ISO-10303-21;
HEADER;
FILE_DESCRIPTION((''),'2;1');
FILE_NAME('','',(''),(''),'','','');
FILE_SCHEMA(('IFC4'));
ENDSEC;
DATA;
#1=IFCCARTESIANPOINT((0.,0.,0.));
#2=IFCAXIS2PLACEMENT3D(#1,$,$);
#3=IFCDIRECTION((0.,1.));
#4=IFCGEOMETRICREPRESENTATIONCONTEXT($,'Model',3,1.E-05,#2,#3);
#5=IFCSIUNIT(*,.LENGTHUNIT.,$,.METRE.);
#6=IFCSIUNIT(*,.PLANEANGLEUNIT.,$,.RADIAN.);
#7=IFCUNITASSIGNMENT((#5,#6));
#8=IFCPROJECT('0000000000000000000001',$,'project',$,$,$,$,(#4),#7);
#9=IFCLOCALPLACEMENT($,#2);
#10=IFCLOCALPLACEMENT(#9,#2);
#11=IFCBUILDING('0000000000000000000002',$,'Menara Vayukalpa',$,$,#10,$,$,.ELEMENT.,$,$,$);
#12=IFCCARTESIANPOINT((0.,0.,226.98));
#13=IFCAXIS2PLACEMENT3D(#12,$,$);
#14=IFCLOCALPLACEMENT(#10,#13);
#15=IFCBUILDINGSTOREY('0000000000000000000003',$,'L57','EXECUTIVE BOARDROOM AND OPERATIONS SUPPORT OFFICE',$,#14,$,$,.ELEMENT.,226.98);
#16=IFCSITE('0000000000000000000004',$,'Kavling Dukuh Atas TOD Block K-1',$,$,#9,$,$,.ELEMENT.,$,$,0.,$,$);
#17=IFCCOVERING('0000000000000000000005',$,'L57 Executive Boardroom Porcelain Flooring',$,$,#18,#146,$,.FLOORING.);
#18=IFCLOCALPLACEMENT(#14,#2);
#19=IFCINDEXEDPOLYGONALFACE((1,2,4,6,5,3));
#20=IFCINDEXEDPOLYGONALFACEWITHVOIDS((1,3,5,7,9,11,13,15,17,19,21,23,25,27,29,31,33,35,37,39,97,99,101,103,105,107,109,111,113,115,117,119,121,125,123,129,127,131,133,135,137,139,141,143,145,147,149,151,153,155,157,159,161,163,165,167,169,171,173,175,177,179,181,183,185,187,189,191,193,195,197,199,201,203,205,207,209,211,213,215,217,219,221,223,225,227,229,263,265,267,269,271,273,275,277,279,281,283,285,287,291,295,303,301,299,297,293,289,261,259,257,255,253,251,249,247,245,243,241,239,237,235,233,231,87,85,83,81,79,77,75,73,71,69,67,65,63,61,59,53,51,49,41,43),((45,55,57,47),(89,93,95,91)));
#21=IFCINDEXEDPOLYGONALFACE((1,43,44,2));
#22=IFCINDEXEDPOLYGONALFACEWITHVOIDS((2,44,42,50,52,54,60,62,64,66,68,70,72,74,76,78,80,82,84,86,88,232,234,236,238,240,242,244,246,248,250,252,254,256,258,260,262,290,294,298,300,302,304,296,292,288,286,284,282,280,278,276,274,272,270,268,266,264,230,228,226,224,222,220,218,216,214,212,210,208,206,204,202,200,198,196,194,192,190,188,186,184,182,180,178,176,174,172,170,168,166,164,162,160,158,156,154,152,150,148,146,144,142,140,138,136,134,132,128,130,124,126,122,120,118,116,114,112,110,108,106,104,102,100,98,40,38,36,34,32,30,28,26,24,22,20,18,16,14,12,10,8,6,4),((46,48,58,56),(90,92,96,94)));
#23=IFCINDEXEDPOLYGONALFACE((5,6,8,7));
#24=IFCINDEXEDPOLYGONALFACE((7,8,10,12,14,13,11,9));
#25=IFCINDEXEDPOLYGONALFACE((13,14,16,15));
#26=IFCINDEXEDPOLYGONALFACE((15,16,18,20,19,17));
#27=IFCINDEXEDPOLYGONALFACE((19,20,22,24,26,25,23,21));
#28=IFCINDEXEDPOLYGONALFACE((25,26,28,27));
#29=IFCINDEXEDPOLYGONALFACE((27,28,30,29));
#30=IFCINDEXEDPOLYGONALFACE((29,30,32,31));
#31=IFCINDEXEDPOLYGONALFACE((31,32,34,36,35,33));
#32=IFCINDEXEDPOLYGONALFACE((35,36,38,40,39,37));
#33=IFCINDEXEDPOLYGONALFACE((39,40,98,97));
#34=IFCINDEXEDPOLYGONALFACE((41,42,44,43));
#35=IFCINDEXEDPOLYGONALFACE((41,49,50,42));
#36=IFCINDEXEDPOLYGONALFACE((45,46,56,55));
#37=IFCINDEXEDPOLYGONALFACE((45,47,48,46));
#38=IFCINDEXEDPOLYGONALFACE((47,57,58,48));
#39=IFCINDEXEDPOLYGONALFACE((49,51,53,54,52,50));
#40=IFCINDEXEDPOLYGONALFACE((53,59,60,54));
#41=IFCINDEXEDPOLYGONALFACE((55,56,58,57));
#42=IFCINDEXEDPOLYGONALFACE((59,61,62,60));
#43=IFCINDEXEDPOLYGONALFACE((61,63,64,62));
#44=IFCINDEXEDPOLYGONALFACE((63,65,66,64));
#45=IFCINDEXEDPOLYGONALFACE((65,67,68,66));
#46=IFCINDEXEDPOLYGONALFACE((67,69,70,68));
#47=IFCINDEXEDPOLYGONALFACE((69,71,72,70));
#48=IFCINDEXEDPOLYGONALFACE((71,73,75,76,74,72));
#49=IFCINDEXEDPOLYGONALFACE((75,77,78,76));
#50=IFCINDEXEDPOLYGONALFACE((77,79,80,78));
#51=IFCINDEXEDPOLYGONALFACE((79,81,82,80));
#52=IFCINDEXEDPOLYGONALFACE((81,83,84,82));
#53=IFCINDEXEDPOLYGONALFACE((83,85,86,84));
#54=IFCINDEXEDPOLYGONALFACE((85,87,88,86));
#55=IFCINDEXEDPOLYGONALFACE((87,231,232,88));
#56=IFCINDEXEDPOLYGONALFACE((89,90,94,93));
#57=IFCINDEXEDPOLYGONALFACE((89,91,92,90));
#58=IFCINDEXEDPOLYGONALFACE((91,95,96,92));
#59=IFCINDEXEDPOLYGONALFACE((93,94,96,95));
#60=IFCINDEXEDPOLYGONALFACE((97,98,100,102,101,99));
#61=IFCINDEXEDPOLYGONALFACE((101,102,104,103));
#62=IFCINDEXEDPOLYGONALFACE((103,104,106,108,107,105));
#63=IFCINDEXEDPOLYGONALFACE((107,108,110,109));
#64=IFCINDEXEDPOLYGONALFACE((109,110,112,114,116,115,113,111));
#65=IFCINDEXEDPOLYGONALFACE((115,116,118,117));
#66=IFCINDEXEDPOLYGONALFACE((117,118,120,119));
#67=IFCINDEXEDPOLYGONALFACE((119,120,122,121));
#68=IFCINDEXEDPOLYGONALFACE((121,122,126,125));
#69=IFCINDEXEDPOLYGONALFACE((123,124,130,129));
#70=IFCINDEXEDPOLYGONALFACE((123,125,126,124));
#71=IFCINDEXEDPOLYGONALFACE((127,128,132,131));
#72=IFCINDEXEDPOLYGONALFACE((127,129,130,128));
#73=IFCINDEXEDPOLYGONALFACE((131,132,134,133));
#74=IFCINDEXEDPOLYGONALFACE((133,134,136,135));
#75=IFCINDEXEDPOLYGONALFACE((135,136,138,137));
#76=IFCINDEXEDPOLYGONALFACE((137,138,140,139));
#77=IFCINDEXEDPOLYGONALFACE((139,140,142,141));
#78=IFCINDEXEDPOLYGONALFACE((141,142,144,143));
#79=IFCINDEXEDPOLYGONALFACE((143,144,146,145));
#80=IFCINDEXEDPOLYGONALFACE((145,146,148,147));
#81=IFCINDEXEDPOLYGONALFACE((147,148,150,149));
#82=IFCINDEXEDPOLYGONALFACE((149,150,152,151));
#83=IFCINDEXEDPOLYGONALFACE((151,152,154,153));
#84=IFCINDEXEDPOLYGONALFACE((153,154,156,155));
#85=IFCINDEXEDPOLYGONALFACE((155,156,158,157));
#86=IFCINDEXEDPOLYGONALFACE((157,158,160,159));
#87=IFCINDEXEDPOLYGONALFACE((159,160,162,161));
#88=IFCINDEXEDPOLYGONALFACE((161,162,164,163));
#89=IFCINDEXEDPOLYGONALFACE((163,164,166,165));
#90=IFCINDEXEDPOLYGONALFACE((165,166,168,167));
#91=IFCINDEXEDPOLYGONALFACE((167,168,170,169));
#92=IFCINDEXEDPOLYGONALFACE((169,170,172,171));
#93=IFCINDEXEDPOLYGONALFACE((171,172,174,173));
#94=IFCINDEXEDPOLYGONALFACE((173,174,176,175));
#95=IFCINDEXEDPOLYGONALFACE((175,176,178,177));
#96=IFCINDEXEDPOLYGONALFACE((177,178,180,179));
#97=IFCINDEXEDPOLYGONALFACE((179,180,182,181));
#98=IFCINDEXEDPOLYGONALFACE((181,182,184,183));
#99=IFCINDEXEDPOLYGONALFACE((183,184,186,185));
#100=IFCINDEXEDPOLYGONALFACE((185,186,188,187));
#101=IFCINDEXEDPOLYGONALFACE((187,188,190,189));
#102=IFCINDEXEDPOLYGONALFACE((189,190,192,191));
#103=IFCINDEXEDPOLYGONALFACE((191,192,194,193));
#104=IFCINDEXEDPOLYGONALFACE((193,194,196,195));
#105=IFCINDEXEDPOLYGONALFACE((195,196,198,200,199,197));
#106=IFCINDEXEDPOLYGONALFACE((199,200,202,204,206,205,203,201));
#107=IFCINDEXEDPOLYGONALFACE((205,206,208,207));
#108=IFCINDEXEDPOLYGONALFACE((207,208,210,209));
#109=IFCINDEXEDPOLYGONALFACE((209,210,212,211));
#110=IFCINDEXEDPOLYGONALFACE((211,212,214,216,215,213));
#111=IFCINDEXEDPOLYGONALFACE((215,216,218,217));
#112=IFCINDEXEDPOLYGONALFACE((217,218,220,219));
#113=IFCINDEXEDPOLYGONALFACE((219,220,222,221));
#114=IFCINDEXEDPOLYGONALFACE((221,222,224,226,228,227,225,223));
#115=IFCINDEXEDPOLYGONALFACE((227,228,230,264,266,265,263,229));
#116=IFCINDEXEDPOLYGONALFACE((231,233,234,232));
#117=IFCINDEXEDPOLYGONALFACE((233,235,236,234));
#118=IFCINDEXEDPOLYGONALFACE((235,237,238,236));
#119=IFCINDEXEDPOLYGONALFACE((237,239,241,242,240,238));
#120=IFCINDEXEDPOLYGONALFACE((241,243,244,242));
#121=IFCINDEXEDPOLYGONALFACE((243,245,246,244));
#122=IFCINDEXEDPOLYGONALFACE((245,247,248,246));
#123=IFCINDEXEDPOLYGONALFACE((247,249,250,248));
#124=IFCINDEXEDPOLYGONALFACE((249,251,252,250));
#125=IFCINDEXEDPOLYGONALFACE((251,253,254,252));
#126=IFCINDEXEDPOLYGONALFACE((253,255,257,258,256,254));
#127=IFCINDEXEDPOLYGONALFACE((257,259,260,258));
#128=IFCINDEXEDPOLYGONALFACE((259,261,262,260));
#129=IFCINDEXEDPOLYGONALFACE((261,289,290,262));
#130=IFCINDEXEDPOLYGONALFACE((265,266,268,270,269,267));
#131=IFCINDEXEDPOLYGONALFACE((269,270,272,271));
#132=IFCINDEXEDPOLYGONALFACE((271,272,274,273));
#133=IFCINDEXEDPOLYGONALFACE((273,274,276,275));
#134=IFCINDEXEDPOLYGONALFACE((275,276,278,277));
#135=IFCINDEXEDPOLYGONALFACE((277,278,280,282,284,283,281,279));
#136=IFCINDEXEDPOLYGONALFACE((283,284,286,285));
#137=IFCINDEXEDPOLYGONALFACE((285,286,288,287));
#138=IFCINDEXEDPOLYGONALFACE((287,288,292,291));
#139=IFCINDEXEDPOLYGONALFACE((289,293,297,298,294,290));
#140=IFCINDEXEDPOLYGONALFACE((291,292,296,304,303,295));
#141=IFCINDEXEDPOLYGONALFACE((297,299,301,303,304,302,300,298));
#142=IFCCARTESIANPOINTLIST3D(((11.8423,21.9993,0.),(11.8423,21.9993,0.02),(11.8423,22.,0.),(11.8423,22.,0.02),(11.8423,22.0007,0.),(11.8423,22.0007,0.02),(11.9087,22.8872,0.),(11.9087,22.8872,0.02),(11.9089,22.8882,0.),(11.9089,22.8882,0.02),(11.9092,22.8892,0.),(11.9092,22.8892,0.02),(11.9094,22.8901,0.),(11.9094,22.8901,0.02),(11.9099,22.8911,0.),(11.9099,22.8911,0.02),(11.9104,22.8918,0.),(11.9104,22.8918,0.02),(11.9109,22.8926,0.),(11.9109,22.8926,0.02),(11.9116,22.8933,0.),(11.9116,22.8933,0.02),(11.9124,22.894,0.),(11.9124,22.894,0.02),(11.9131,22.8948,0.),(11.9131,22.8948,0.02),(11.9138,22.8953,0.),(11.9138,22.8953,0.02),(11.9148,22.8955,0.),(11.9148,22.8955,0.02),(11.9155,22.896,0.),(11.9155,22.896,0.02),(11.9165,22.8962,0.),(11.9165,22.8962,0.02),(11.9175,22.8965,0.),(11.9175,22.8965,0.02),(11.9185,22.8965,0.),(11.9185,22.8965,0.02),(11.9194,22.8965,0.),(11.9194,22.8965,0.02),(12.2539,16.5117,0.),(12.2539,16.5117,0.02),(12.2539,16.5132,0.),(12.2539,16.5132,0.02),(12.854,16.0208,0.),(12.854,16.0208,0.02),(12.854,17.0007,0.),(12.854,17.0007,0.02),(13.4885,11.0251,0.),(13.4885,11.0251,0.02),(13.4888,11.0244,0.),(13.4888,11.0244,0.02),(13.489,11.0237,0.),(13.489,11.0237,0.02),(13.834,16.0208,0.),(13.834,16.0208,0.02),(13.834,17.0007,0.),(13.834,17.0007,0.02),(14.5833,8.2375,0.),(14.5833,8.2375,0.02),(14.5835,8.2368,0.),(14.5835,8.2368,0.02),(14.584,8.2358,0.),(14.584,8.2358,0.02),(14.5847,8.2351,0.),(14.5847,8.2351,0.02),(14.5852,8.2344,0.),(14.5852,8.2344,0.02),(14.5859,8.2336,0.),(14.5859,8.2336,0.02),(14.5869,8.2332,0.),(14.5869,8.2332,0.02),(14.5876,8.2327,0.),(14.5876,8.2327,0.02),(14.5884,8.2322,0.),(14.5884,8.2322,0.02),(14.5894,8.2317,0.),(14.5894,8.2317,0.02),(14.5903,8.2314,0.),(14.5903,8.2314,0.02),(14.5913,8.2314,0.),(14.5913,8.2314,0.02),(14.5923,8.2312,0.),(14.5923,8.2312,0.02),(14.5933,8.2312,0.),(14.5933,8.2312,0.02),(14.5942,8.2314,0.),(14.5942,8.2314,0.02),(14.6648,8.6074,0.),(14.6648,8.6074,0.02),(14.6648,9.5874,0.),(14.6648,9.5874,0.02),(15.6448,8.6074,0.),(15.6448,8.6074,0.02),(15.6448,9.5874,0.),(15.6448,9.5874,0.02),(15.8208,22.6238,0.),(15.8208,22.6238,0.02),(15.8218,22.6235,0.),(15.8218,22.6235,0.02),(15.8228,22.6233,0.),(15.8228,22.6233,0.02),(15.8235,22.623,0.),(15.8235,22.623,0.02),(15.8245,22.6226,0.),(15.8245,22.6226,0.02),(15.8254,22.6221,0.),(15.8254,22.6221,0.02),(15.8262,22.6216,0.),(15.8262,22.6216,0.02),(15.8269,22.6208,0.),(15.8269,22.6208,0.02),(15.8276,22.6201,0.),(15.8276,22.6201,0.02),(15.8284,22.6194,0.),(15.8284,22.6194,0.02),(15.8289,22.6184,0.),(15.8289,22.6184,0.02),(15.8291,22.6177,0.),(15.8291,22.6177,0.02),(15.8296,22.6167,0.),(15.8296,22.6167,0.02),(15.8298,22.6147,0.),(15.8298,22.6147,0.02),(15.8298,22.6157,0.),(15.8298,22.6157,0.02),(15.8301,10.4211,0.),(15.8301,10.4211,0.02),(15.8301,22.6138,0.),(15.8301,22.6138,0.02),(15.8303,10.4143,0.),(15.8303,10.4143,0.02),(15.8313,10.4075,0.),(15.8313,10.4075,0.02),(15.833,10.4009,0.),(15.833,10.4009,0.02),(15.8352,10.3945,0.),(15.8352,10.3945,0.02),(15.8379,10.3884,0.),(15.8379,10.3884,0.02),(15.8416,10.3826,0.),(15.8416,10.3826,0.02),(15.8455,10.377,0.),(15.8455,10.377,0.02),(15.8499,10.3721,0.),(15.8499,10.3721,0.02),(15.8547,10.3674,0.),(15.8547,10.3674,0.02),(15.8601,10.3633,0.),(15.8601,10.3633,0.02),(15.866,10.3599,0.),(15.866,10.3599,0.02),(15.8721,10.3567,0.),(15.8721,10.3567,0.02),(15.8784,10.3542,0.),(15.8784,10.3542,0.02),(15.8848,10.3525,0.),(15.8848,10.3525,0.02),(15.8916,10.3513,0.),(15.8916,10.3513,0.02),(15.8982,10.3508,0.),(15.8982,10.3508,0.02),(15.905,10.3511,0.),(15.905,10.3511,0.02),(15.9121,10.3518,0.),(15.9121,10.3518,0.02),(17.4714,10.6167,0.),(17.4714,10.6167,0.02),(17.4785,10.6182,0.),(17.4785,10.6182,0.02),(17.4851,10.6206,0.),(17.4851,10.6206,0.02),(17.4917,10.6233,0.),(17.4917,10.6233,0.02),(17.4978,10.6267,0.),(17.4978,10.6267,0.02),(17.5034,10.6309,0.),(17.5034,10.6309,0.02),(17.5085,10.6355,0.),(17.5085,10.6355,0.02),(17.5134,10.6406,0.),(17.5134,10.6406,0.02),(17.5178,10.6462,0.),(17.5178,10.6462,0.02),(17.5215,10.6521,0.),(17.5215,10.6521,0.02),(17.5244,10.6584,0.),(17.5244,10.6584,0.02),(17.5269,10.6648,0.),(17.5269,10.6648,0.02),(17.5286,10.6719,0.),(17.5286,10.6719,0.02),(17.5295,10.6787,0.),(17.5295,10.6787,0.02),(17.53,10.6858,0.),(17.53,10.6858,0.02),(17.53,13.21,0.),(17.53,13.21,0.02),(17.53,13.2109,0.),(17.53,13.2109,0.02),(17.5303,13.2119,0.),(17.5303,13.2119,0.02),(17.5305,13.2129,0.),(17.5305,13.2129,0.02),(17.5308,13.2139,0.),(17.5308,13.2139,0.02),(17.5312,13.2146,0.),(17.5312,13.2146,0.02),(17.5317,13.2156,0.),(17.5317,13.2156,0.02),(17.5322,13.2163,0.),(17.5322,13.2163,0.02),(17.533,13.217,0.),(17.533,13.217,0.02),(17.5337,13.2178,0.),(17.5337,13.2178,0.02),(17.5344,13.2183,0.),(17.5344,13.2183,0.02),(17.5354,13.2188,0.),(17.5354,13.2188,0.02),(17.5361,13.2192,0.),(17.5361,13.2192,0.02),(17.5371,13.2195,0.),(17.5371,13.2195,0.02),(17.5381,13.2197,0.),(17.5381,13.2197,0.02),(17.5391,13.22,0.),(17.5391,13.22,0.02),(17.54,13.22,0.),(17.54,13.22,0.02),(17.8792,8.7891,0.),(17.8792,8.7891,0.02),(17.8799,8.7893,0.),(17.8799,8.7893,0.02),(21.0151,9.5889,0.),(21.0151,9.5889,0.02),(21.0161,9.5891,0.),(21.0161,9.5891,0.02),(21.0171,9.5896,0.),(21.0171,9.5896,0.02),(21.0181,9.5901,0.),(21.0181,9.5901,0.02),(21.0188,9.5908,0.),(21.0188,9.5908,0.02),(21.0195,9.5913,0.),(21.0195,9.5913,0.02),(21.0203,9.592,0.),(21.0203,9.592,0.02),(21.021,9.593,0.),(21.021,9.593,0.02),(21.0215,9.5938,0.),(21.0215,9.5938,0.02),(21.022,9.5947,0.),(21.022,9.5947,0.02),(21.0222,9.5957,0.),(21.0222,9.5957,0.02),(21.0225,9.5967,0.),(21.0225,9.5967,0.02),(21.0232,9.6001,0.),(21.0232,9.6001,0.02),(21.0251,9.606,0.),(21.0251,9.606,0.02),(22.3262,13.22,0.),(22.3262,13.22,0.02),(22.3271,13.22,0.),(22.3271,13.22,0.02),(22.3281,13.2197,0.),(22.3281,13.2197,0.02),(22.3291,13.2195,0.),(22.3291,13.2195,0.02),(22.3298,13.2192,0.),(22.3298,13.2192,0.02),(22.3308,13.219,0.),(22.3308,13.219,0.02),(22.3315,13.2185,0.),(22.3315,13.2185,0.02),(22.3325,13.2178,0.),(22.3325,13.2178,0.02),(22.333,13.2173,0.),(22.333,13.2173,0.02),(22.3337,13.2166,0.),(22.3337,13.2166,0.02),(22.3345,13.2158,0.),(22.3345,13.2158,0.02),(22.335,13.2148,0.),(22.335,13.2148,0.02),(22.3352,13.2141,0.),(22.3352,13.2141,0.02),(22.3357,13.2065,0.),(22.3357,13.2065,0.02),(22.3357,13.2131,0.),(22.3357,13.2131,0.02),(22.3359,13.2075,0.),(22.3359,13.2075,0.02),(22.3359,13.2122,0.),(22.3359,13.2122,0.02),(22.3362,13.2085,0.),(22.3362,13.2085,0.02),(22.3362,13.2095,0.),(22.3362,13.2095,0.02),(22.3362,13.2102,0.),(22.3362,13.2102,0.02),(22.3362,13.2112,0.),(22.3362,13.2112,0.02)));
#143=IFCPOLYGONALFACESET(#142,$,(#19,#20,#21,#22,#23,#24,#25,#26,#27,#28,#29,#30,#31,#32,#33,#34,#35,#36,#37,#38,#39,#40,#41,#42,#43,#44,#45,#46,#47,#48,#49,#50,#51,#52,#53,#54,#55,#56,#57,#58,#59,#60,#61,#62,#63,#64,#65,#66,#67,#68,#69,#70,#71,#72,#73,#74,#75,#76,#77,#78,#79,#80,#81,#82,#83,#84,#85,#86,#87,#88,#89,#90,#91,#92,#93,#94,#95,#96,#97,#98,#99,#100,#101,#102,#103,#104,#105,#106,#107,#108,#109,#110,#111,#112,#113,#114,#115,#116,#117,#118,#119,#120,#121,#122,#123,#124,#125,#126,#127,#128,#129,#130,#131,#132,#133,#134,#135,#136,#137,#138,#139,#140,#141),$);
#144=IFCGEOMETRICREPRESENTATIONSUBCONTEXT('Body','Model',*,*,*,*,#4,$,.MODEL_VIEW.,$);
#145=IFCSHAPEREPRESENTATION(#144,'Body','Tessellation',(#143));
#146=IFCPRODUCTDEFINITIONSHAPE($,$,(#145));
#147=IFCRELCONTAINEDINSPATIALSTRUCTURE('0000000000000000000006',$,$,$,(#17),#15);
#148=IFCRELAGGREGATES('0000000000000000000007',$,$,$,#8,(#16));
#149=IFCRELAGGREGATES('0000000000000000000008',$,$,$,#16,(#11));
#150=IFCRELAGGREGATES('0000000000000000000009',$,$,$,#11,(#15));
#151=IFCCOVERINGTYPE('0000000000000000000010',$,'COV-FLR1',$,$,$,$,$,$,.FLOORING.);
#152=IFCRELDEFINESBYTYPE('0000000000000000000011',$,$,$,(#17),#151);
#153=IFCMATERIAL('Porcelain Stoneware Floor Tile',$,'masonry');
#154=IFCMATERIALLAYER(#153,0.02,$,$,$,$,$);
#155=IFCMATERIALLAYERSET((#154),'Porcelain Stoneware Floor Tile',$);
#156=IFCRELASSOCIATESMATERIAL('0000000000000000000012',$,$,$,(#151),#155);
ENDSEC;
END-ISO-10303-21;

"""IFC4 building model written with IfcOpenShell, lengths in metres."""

from ifc_helpers import new_model, si_unit, direction, frame, origin, place, context, subcontext, project, spatial, polyline, outline, extrude, material, layer, layer_set, type_object, element, save


model = new_model("IFC4")

# Units and contexts
model_context = context("Model", 3, precision=1e-05, world=origin(), true_north=direction((0.0, 1.0)))
body_context = subcontext(model_context, "Body", "Model", "MODEL_VIEW")
ifc_project = project(units=[si_unit("LENGTHUNIT", "METRE"), si_unit("PLANEANGLEUNIT", "RADIAN")], contexts=[model_context])

# Site, building, storey
site_placement = place(None, origin())
site = spatial("IfcSite", under=ifc_project, at=site_placement, Name="Kavling Dukuh Atas TOD Block K-1", CompositionType="ELEMENT", RefElevation=0.0)
building_placement = place(site_placement, origin())
building = spatial("IfcBuilding", under=site, at=building_placement, Name="Menara Vayukalpa", CompositionType="ELEMENT")
storey_placement = place(building_placement, frame((0.0, 0.0, 226.98)))
storey = spatial("IfcBuildingStorey", under=building, at=storey_placement, Name="L57", Description="EXECUTIVE BOARDROOM AND OPERATIONS SUPPORT OFFICE", CompositionType="ELEMENT", Elevation=226.98)

# Covering
ifc_material_1 = material(Name="Porcelain Stoneware Floor Tile", Category="masonry")
ifc_layer_1 = layer(ifc_material_1, 0.02)
ifc_layer_set_1 = layer_set([ifc_layer_1], Name="Porcelain Stoneware Floor Tile")
covering_type_1 = type_object("IfcCoveringType", Name="COV-FLR1", PredefinedType="FLOORING", material=ifc_layer_set_1)
covering_1_placement = place(storey_placement, origin())
element("IfcCovering", 1, at=covering_1_placement, inside=storey, type_object=covering_type_1, Name="L57 Executive Boardroom Porcelain Flooring", PredefinedType="FLOORING", context=body_context, shape_type="SweptSolid", body=[
    extrude(outline(polyline([(14.5933, 8.2312), (14.5923, 8.2312), (14.5913, 8.2314), (14.5903, 8.2314), (14.5894, 8.2317), (14.5884, 8.2322), (14.5876, 8.2327), (14.5869, 8.2332), (14.5859, 8.2336), (14.5852, 8.2344), (14.5847, 8.2351), (14.584, 8.2358), (14.5835, 8.2368), (14.5833, 8.2375), (13.489, 11.0237), (13.4888, 11.0244), (13.4885, 11.0251), (12.2539, 16.5117), (12.2539, 16.5132), (11.8423, 21.9993), (11.8423, 22.0), (11.8423, 22.0007), (11.9087, 22.8872), (11.9089, 22.8882), (11.9092, 22.8892), (11.9094, 22.8901), (11.9099, 22.8911), (11.9104, 22.8918), (11.9109, 22.8926), (11.9116, 22.8933), (11.9124, 22.894), (11.9131, 22.8948), (11.9138, 22.8953), (11.9148, 22.8955), (11.9155, 22.896), (11.9165, 22.8962), (11.9175, 22.8965), (11.9185, 22.8965), (11.9194, 22.8965), (15.8208, 22.6238), (15.8218, 22.6235), (15.8228, 22.6233), (15.8235, 22.623), (15.8245, 22.6226), (15.8254, 22.6221), (15.8262, 22.6216), (15.8269, 22.6208), (15.8276, 22.6201), (15.8284, 22.6194), (15.8289, 22.6184), (15.8291, 22.6177), (15.8296, 22.6167), (15.8298, 22.6157), (15.8298, 22.6147), (15.8301, 22.6138), (15.8301, 10.4211), (15.8303, 10.4143), (15.8313, 10.4075), (15.833, 10.4009), (15.8352, 10.3945), (15.8379, 10.3884), (15.8416, 10.3826), (15.8455, 10.377), (15.8499, 10.3721), (15.8547, 10.3674), (15.8601, 10.3633), (15.866, 10.3599), (15.8721, 10.3567), (15.8784, 10.3542), (15.8848, 10.3525), (15.8916, 10.3513), (15.8982, 10.3508), (15.905, 10.3511), (15.9121, 10.3518), (17.4714, 10.6167), (17.4785, 10.6182), (17.4851, 10.6206), (17.4917, 10.6233), (17.4978, 10.6267), (17.5034, 10.6309), (17.5085, 10.6355), (17.5134, 10.6406), (17.5178, 10.6462), (17.5215, 10.6521), (17.5244, 10.6584), (17.5269, 10.6648), (17.5286, 10.6719), (17.5295, 10.6787), (17.53, 10.6858), (17.53, 13.21), (17.53, 13.2109), (17.5303, 13.2119), (17.5305, 13.2129), (17.5308, 13.2139), (17.5312, 13.2146), (17.5317, 13.2156), (17.5322, 13.2163), (17.533, 13.217), (17.5337, 13.2178), (17.5344, 13.2183), (17.5354, 13.2188), (17.5361, 13.2192), (17.5371, 13.2195), (17.5381, 13.2197), (17.5391, 13.22), (17.54, 13.22), (22.3262, 13.22), (22.3271, 13.22), (22.3281, 13.2197), (22.3291, 13.2195), (22.3298, 13.2192), (22.3308, 13.219), (22.3315, 13.2185), (22.3325, 13.2178), (22.333, 13.2173), (22.3337, 13.2166), (22.3345, 13.2158), (22.335, 13.2148), (22.3352, 13.2141), (22.3357, 13.2131), (22.3359, 13.2122), (22.3362, 13.2112), (22.3362, 13.2102), (22.3362, 13.2095), (22.3362, 13.2085), (22.3359, 13.2075), (22.3357, 13.2065), (21.0251, 9.606), (21.0232, 9.6001), (21.0225, 9.5967), (21.0222, 9.5957), (21.022, 9.5947), (21.0215, 9.5938), (21.021, 9.593), (21.0203, 9.592), (21.0195, 9.5913), (21.0188, 9.5908), (21.0181, 9.5901), (21.0171, 9.5896), (21.0161, 9.5891), (21.0151, 9.5889), (17.8799, 8.7893), (17.8792, 8.7891), (14.5942, 8.2314), (14.5933, 8.2312)]), holes=[polyline([(14.6648, 9.5874), (14.6648, 8.6074), (15.6448, 8.6074), (15.6448, 9.5874), (14.6648, 9.5874)]), polyline([(13.834, 17.0007), (12.854, 17.0007), (12.854, 16.0208), (13.834, 16.0208), (13.834, 17.0007)])]), origin(), (0.0, 0.0, 1.0), 0.02),
])

save(model, "model.ifc")
